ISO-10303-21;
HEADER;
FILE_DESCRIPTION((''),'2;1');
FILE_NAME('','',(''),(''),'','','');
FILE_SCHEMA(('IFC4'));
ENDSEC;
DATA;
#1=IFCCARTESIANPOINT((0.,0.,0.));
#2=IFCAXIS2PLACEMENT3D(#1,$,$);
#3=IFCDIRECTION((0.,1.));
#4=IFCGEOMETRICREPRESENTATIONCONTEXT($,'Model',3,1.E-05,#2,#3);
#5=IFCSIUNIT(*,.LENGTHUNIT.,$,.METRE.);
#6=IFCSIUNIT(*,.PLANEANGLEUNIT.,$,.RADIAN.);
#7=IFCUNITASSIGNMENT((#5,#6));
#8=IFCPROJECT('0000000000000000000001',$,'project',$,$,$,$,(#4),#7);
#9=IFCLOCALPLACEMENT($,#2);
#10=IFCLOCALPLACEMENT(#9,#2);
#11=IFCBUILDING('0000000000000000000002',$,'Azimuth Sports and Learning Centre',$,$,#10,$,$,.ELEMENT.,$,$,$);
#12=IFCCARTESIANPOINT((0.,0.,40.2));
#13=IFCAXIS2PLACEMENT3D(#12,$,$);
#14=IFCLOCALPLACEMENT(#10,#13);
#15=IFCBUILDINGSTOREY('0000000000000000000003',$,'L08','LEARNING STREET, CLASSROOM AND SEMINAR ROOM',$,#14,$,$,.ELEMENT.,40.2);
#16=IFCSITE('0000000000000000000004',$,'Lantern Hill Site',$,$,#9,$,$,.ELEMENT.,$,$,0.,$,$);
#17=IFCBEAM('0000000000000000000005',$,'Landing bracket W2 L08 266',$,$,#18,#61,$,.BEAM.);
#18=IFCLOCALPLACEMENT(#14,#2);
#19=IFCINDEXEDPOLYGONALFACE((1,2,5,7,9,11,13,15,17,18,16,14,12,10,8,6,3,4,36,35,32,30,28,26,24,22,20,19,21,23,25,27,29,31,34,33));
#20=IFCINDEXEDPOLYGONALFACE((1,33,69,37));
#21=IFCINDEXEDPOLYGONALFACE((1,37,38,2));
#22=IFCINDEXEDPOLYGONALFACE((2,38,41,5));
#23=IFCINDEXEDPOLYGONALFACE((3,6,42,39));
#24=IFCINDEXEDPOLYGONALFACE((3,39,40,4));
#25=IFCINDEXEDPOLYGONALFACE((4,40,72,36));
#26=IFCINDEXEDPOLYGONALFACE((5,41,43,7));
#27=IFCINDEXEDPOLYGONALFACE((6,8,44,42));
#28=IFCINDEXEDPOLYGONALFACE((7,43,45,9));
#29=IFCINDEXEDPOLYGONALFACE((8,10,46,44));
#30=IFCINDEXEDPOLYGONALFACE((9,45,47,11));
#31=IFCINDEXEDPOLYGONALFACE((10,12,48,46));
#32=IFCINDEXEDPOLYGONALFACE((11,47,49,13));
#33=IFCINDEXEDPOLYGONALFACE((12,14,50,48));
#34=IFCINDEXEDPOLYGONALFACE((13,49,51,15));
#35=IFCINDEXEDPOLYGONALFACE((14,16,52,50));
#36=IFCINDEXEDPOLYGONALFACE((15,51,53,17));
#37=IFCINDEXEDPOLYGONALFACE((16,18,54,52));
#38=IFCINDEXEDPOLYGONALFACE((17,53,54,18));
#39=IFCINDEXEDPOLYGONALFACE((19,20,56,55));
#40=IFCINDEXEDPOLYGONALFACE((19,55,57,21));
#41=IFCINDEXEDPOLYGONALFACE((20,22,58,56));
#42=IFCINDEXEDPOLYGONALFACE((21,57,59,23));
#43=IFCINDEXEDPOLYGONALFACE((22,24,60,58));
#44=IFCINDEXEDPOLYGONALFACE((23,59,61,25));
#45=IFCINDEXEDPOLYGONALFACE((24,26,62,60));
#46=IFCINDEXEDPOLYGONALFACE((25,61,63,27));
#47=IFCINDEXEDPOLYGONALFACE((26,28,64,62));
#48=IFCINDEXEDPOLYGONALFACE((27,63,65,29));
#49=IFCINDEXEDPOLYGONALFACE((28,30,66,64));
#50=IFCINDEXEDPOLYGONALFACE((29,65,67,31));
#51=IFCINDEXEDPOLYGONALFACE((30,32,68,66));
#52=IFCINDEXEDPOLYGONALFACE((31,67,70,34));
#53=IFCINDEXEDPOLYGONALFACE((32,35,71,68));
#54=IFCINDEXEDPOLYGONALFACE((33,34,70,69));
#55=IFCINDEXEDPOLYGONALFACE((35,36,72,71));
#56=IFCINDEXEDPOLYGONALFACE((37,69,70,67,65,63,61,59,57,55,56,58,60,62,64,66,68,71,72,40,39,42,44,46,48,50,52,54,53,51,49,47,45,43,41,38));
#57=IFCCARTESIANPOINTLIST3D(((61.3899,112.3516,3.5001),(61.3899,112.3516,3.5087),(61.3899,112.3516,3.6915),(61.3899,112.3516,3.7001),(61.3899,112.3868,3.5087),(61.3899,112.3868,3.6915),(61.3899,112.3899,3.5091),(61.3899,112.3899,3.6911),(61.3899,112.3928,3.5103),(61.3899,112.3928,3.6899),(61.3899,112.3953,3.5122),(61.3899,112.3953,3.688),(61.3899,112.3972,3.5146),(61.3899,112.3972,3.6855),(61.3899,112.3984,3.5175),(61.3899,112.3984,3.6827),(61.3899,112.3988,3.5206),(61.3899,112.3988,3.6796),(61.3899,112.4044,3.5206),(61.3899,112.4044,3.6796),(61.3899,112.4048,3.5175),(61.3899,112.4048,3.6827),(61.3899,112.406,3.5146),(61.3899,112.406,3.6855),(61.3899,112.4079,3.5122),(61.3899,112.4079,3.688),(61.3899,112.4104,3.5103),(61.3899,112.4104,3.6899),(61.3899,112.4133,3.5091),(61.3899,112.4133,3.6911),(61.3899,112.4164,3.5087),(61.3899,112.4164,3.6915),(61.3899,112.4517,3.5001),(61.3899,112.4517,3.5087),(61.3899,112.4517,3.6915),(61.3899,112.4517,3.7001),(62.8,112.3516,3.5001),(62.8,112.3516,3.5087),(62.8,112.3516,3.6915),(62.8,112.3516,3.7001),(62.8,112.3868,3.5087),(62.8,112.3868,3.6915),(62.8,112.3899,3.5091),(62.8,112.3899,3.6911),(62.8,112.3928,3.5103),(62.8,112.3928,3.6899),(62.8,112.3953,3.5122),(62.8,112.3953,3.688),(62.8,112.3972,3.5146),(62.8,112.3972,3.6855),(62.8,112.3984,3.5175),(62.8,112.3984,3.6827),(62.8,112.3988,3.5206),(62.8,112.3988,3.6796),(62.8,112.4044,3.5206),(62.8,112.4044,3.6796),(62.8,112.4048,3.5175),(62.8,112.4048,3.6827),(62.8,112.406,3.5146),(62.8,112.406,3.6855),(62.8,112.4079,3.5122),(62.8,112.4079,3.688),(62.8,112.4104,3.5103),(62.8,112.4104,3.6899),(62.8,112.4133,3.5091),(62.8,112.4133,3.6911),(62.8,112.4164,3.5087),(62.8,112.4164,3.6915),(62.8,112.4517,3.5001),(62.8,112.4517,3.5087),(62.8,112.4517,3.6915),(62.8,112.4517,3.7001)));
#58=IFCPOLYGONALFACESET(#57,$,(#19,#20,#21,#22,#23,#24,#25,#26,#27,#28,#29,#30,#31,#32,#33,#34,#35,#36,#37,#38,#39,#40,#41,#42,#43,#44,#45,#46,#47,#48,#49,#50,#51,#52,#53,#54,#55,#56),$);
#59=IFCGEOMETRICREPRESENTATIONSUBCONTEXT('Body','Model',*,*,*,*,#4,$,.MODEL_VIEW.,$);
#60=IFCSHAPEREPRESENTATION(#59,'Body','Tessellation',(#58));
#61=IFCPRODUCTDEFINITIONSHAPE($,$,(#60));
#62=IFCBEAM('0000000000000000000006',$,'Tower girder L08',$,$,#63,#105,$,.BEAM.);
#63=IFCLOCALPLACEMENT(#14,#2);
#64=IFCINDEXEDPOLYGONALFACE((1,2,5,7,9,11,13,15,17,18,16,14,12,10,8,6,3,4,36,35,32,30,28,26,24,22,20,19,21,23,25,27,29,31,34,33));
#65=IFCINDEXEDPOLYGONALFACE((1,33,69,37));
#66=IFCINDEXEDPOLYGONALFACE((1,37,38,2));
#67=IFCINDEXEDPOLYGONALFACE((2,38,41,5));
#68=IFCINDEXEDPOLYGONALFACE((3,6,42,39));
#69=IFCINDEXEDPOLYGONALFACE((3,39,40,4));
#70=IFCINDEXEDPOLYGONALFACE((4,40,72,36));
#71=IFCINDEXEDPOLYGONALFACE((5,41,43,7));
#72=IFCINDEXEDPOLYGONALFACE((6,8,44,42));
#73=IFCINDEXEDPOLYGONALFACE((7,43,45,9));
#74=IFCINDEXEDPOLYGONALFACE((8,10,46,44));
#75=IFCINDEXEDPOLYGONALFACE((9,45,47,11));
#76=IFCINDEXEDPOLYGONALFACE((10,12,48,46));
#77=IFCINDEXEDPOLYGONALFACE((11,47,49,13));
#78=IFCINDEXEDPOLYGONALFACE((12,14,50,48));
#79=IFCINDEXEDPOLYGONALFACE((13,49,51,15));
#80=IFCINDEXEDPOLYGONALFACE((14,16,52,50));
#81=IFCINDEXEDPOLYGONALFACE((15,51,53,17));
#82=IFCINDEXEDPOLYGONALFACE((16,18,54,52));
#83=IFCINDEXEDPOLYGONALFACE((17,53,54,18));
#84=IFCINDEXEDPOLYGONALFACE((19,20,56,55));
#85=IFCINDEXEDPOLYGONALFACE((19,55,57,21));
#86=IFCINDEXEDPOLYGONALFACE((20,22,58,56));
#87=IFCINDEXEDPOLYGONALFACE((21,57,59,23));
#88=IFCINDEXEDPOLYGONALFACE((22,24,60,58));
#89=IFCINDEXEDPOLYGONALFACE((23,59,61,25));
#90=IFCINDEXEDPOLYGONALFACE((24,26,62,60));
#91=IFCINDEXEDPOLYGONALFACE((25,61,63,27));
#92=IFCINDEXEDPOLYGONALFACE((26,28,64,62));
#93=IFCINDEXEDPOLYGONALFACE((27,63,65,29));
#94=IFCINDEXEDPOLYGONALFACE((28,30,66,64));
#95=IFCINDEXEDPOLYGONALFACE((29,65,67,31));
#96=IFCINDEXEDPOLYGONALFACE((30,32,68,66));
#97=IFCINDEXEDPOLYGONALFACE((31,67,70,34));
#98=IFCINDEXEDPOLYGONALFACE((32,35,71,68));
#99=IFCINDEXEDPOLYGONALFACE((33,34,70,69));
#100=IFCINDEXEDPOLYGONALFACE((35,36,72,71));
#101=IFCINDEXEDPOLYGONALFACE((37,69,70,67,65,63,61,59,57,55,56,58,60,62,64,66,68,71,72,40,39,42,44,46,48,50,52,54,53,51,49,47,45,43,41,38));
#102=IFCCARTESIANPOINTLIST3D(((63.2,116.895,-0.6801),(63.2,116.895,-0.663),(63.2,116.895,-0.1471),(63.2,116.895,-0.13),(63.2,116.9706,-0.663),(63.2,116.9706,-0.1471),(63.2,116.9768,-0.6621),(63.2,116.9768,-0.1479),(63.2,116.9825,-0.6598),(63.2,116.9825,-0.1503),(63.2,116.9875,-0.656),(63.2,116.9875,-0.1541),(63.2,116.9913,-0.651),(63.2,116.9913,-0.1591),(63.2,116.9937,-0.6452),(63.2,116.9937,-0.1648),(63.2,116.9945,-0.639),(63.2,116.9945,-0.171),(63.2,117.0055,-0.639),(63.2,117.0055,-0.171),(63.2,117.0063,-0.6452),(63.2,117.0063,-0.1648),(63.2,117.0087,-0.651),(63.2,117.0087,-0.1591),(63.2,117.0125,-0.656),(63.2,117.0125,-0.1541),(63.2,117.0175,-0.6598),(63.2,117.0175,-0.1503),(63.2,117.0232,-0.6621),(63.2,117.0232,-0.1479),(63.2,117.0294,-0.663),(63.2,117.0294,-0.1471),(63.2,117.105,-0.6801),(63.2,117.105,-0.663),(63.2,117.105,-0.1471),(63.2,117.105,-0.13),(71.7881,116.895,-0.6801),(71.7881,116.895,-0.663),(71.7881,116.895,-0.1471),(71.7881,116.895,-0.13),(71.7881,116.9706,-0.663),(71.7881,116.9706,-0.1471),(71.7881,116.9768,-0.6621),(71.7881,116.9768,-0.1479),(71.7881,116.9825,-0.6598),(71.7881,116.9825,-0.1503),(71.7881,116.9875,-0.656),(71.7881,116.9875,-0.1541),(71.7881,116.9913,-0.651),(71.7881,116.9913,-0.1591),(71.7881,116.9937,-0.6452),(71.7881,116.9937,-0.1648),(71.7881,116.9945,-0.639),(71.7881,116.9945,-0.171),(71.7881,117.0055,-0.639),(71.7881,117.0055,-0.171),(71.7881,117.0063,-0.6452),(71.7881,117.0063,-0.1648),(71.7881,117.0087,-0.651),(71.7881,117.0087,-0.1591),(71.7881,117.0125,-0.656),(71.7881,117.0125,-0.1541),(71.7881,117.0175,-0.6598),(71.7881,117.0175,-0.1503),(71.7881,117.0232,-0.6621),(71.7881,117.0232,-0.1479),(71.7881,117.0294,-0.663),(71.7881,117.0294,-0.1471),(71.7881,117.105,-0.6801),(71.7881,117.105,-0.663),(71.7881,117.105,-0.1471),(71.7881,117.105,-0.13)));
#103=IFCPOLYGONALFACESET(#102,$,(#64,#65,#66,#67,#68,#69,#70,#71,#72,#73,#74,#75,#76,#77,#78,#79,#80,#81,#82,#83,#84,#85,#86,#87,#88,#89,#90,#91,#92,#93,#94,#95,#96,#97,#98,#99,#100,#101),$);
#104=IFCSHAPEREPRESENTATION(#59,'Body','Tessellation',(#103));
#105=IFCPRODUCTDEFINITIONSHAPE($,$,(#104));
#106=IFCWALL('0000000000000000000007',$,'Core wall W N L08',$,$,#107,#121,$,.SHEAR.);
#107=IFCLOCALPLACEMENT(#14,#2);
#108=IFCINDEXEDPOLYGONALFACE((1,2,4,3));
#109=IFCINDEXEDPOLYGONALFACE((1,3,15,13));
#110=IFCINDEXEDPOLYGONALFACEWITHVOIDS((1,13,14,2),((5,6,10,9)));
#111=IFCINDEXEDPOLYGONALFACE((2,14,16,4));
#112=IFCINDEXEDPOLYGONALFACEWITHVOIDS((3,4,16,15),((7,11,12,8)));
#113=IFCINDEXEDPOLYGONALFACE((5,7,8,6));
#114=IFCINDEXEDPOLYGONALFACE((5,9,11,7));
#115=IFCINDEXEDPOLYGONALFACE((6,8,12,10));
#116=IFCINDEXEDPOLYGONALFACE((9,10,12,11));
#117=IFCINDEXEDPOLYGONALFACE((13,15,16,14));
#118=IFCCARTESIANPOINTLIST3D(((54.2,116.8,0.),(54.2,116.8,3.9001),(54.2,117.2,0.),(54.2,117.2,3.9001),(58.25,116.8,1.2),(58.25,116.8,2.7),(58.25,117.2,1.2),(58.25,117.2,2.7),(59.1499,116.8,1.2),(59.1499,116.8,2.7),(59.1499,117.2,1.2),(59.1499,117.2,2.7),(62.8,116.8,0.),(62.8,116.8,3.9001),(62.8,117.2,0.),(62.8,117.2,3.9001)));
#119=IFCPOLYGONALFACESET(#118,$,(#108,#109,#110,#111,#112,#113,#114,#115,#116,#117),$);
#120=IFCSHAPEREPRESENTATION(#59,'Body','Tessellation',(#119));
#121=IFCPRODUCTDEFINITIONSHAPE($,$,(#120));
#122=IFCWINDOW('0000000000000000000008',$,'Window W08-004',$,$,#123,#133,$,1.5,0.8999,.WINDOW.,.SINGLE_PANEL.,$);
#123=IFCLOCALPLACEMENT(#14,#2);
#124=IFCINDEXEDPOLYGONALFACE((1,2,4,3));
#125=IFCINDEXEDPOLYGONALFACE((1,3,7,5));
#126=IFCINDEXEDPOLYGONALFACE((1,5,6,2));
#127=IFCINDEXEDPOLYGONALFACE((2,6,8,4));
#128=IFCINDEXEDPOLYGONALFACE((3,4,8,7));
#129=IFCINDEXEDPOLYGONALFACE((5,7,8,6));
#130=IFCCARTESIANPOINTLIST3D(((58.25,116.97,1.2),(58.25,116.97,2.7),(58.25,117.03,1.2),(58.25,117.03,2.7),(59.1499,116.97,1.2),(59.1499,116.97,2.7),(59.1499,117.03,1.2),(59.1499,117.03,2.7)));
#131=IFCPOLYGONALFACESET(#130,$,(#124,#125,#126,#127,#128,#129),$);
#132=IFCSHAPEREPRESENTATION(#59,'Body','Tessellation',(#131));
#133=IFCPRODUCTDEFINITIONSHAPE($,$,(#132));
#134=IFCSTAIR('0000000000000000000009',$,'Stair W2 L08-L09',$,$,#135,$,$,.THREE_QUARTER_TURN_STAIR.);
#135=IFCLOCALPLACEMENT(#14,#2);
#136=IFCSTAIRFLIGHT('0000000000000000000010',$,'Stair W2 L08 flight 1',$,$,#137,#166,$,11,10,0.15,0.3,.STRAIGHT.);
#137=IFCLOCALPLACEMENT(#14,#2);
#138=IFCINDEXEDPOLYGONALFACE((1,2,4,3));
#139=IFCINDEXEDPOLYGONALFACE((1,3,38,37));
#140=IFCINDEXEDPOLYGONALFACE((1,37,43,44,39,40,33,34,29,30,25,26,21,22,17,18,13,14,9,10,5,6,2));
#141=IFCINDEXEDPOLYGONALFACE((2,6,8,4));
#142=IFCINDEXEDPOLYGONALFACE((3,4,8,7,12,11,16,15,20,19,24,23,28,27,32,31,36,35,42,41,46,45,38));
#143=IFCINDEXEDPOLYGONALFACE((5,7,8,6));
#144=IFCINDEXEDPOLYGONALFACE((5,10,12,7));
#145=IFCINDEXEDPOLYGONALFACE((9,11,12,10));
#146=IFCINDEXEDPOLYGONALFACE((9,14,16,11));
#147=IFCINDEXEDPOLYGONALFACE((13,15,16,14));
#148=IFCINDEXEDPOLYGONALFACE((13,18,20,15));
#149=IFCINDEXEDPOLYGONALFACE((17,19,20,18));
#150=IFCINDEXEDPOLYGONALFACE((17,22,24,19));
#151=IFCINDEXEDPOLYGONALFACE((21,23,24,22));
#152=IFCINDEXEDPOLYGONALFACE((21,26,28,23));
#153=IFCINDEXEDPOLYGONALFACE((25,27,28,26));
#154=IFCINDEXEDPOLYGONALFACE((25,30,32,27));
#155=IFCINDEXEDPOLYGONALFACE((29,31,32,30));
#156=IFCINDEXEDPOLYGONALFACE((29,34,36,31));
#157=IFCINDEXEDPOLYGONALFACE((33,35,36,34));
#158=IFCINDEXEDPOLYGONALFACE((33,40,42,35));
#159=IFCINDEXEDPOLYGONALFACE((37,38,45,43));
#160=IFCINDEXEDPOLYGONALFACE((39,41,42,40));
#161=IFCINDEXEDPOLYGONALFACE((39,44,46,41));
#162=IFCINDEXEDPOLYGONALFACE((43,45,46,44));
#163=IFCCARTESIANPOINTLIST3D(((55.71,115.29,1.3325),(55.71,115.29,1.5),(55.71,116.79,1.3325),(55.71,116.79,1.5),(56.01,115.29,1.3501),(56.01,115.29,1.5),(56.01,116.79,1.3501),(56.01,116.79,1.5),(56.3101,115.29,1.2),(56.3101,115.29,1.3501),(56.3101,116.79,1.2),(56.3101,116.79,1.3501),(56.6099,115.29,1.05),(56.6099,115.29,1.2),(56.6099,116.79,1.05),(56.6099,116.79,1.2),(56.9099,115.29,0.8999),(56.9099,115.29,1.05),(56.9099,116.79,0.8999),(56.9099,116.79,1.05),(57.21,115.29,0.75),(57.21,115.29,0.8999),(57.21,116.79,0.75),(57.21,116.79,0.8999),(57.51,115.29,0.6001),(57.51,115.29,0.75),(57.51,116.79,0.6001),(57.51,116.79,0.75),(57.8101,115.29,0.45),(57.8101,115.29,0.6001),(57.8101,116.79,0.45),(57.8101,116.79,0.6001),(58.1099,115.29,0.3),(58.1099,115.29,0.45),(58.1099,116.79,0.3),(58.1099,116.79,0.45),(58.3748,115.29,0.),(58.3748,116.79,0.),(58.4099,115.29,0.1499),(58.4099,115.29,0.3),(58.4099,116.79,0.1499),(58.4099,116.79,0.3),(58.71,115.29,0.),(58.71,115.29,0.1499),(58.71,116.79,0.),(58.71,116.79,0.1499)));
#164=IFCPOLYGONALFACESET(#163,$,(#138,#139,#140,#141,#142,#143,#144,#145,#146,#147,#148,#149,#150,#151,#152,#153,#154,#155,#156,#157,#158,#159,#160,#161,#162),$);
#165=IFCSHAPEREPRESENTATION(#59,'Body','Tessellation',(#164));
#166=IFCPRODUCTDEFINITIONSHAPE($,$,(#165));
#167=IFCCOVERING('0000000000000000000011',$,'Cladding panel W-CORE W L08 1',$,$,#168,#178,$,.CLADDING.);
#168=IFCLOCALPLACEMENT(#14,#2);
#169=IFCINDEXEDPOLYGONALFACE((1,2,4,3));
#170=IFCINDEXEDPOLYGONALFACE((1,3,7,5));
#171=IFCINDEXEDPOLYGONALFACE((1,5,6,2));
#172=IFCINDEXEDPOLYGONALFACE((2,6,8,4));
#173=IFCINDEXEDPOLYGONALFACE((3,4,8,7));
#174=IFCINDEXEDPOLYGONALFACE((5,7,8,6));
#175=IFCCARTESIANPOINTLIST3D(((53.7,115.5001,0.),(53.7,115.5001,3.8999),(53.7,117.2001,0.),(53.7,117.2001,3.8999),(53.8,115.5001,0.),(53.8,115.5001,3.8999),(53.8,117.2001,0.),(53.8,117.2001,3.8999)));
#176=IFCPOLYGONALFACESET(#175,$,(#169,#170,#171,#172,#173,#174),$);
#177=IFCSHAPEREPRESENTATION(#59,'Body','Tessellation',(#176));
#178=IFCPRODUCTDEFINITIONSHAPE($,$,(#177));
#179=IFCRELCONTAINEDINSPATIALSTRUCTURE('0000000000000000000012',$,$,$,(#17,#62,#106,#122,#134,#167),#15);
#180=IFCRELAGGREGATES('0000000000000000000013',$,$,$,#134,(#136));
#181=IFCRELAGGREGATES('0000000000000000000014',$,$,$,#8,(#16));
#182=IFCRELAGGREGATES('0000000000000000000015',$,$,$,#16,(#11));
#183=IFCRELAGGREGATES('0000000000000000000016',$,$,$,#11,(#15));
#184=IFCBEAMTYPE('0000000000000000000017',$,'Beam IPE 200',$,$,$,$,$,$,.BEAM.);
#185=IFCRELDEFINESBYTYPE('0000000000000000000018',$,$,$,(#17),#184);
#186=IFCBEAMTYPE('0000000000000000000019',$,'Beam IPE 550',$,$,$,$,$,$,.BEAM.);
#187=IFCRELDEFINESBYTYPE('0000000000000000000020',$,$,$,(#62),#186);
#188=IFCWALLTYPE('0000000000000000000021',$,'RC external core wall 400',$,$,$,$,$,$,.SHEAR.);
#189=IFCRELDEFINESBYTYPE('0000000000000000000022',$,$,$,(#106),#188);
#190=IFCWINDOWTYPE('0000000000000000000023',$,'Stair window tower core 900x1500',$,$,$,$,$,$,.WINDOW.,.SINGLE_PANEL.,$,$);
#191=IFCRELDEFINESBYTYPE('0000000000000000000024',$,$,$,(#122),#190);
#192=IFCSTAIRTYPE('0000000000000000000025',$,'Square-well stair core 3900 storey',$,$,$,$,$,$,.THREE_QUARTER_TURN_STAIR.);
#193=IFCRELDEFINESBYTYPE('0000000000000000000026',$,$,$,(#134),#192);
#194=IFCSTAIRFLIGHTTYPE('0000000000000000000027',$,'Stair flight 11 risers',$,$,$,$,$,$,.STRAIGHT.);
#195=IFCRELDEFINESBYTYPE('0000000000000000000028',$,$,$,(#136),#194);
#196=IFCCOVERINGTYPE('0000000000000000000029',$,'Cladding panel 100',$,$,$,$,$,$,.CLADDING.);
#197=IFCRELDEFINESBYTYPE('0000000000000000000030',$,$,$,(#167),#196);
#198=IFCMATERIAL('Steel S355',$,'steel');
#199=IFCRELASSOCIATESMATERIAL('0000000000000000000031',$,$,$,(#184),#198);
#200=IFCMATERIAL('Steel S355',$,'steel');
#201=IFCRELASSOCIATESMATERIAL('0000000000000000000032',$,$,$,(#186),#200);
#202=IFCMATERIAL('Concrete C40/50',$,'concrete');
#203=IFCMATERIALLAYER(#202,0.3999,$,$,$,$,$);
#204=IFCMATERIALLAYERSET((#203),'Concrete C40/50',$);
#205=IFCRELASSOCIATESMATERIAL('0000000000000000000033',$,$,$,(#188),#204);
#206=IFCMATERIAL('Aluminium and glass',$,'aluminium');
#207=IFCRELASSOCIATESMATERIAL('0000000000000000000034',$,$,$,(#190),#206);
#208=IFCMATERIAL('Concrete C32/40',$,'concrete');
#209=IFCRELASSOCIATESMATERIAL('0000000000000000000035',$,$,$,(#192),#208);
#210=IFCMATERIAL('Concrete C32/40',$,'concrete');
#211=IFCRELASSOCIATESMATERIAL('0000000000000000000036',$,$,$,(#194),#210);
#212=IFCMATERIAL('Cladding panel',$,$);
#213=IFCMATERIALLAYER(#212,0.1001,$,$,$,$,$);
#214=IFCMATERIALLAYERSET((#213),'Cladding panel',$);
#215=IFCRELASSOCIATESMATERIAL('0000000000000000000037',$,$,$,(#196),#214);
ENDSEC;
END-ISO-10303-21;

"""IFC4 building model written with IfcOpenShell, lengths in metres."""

from ifc_helpers import new_model, si_unit, direction, frame, frame_2d, origin, origin_2d, place, context, subcontext, project, spatial, polyline, rectangle, i_section, outline, extrude, material, layer, layer_set, material_profile, profile_set, type_object, element, fill, aggregate, save


model = new_model("IFC4")

# Units and contexts
model_context = context("Model", 3, precision=1e-05, world=origin(), true_north=direction((0.0, 1.0)))
body_context = subcontext(model_context, "Body", "Model", "MODEL_VIEW")
ifc_project = project(units=[si_unit("LENGTHUNIT", "METRE"), si_unit("PLANEANGLEUNIT", "RADIAN")], contexts=[model_context])

# Site, building, storey
site_placement = place(None, origin())
site = spatial("IfcSite", under=ifc_project, at=site_placement, Name="Lantern Hill Site", CompositionType="ELEMENT", RefElevation=0.0)
building_placement = place(site_placement, origin())
building = spatial("IfcBuilding", under=site, at=building_placement, Name="Azimuth Sports and Learning Centre", CompositionType="ELEMENT")
storey_placement = place(building_placement, frame((0.0, 0.0, 40.2)))
storey = spatial("IfcBuildingStorey", under=building, at=storey_placement, Name="L08", Description="LEARNING STREET, CLASSROOM AND SEMINAR ROOM", CompositionType="ELEMENT", Elevation=40.2)

# Beams
ifc_material_1 = material(Name="Steel S355", Category="steel")
ifc_material_profile_1 = material_profile(ifc_material_1, i_section(OverallWidth=0.1001, OverallDepth=0.2, WebThickness=0.0056, FlangeThickness=0.0085, FilletRadius=0.012, at=origin_2d()), Name="IPE 200")
ifc_profile_set_1 = profile_set([ifc_material_profile_1], Name="Steel S355")
beam_type_1 = type_object("IfcBeamType", Name="Beam IPE 200", PredefinedType="BEAM", material=ifc_profile_set_1)
for number, where, z_axis, x_axis, name in (
    (1, (62.8, 112.4016, 3.6001), (-1.0, 0.0, 0.0), (0.0, -1.0, 0.0), "Landing bracket W2 L08 266"),
):
    element("IfcBeam", number, at=place(storey_placement, frame(where, z_axis=z_axis, x_axis=x_axis)), inside=storey, type_object=beam_type_1, Name=name, PredefinedType="BEAM", context=body_context, shape_type="SweptSolid", body=[
        extrude(i_section(OverallWidth=0.1001, OverallDepth=0.2, WebThickness=0.0056, FlangeThickness=0.0085, FilletRadius=0.012, at=origin_2d()), origin(), (0.0, 0.0, 1.0), 1.4102),
    ])
ifc_material_2 = material(Name="Steel S355", Category="steel")
ifc_material_profile_2 = material_profile(ifc_material_2, i_section(OverallWidth=0.21, OverallDepth=0.55, WebThickness=0.011, FlangeThickness=0.0171, FilletRadius=0.0239, at=origin_2d()), Name="IPE 550")
ifc_profile_set_2 = profile_set([ifc_material_profile_2], Name="Steel S355")
beam_type_2 = type_object("IfcBeamType", Name="Beam IPE 550", PredefinedType="BEAM", material=ifc_profile_set_2)
beam_placement = place(storey_placement, frame((63.2, 117.0, -0.405), z_axis=(1.0, 0.0, 0.0), x_axis=(0.0, 1.0, 0.0)))
element("IfcBeam", 2, at=beam_placement, inside=storey, type_object=beam_type_2, Name="Tower girder L08", PredefinedType="BEAM", context=body_context, shape_type="SweptSolid", body=[
    extrude(i_section(OverallWidth=0.21, OverallDepth=0.55, WebThickness=0.011, FlangeThickness=0.0171, FilletRadius=0.0239, at=origin_2d()), origin(), (0.0, 0.0, 1.0), 8.5881),
])

# Wall, opening, window
ifc_material_3 = material(Name="Concrete C40/50", Category="concrete")
ifc_layer_1 = layer(ifc_material_3, 0.3999)
ifc_layer_set_1 = layer_set([ifc_layer_1], Name="Concrete C40/50")
wall_type = type_object("IfcWallType", Name="RC external core wall 400", PredefinedType="SHEAR", material=ifc_layer_set_1)
wall_placement = place(storey_placement, frame((54.2, 117.0, 0.0), z_axis=(0.0, 0.0, 1.0), x_axis=(1.0, 0.0, 0.0)))
wall = element("IfcWall", 3, at=wall_placement, inside=storey, type_object=wall_type, Name="Core wall W N L08", PredefinedType="SHEAR", context=body_context, shape_type="SweptSolid", body=[
    extrude(rectangle(XDim=8.6001, YDim=0.3999, at=frame_2d((4.3, 0.0))), origin(), (0.0, 0.0, 1.0), 3.9001),
])
opening_placement = place(wall_placement, frame((4.05, 0.0, 1.2)))
opening = element("IfcOpeningElement", 4, at=opening_placement, cuts=wall, PredefinedType="OPENING", context=body_context, shape_type="SweptSolid", body=[
    extrude(rectangle(XDim=0.8999, YDim=1.5, at=frame_2d((0.45, 0.75))), frame((0.0, 0.2109, 0.0), z_axis=(0.0, -1.0, 0.0), x_axis=(1.0, 0.0, 0.0)), (0.0, 0.0, 1.0), 0.4219),
])
ifc_material_4 = material(Name="Aluminium and glass", Category="aluminium")
window_type = type_object("IfcWindowType", Name="Stair window tower core 900x1500", PartitioningType="SINGLE_PANEL", PredefinedType="WINDOW", material=ifc_material_4)
window_placement = place(opening_placement, origin())
window = element("IfcWindow", 5, at=window_placement, inside=storey, type_object=window_type, Name="Window W08-004", OverallHeight=1.5, OverallWidth=0.8999, PartitioningType="SINGLE_PANEL", PredefinedType="WINDOW", context=body_context, shape_type="SweptSolid", body=[
    extrude(rectangle(XDim=0.8999, YDim=1.5, at=frame_2d((0.45, 0.75))), frame((0.0, 0.03, 0.0), z_axis=(0.0, -1.0, 0.0), x_axis=(1.0, 0.0, 0.0)), (0.0, 0.0, 1.0), 0.0601),
])
fill(opening, window)

# Stair, stair flight
ifc_material_5 = material(Name="Concrete C32/40", Category="concrete")
stair_type = type_object("IfcStairType", Name="Square-well stair core 3900 storey", PredefinedType="THREE_QUARTER_TURN_STAIR", material=ifc_material_5)
stair_placement = place(storey_placement, origin())
stair = element("IfcStair", 6, at=stair_placement, inside=storey, type_object=stair_type, Name="Stair W2 L08-L09", PredefinedType="THREE_QUARTER_TURN_STAIR")
ifc_material_6 = material(Name="Concrete C32/40", Category="concrete")
stair_flight_type = type_object("IfcStairFlightType", Name="Stair flight 11 risers", PredefinedType="STRAIGHT", material=ifc_material_6)
stair_flight_placement = place(storey_placement, frame((58.71, 116.04, 0.0), z_axis=(0.0, 0.0, 1.0), x_axis=(-1.0, 0.0, 0.0)))
stair_flight = element("IfcStairFlight", 7, at=stair_flight_placement, type_object=stair_flight_type, Name="Stair W2 L08 flight 1", NumberOfRisers=11, NumberOfTreads=10, PredefinedType="STRAIGHT", RiserHeight=0.15, TreadLength=0.3, context=body_context, shape_type="SweptSolid", body=[
    extrude(outline(polyline([(0.0, 0.0), (0.0, 0.1499), (0.3, 0.1499), (0.3, 0.3), (0.6001, 0.3), (0.6001, 0.45), (0.8999, 0.45), (0.8999, 0.6001), (1.2, 0.6001), (1.2, 0.75), (1.5, 0.75), (1.5, 0.8999), (1.8, 0.8999), (1.8, 1.05), (2.1001, 1.05), (2.1001, 1.2), (2.3999, 1.2), (2.3999, 1.3501), (2.7, 1.3501), (2.7, 1.5), (3.0, 1.5), (3.0, 1.6499), (3.0, 1.3325), (0.3352, 0.0), (0.0, 0.0)])), frame((0.0, 0.75, 0.0), z_axis=(0.0, -1.0, 0.0), x_axis=(1.0, 0.0, 0.0)), (0.0, 0.0, 1.0), 1.5),
])
aggregate(stair, [stair_flight])

# Covering
ifc_material_7 = material(Name="Cladding panel")
ifc_layer_2 = layer(ifc_material_7, 0.1001)
ifc_layer_set_2 = layer_set([ifc_layer_2], Name="Cladding panel")
covering_type = type_object("IfcCoveringType", Name="Cladding panel 100", PredefinedType="CLADDING", material=ifc_layer_set_2)
covering_placement = place(storey_placement, frame((53.75, 116.3501, 0.0), z_axis=(0.0, 0.0, 1.0), x_axis=(0.0, -1.0, 0.0)))
element("IfcCovering", 8, at=covering_placement, inside=storey, type_object=covering_type, Name="Cladding panel W-CORE W L08 1", PredefinedType="CLADDING", context=body_context, shape_type="SweptSolid", body=[
    extrude(rectangle(XDim=1.7, YDim=0.1001, at=origin_2d()), origin(), (0.0, 0.0, 1.0), 3.8999),
])

save(model, "model.ifc")
